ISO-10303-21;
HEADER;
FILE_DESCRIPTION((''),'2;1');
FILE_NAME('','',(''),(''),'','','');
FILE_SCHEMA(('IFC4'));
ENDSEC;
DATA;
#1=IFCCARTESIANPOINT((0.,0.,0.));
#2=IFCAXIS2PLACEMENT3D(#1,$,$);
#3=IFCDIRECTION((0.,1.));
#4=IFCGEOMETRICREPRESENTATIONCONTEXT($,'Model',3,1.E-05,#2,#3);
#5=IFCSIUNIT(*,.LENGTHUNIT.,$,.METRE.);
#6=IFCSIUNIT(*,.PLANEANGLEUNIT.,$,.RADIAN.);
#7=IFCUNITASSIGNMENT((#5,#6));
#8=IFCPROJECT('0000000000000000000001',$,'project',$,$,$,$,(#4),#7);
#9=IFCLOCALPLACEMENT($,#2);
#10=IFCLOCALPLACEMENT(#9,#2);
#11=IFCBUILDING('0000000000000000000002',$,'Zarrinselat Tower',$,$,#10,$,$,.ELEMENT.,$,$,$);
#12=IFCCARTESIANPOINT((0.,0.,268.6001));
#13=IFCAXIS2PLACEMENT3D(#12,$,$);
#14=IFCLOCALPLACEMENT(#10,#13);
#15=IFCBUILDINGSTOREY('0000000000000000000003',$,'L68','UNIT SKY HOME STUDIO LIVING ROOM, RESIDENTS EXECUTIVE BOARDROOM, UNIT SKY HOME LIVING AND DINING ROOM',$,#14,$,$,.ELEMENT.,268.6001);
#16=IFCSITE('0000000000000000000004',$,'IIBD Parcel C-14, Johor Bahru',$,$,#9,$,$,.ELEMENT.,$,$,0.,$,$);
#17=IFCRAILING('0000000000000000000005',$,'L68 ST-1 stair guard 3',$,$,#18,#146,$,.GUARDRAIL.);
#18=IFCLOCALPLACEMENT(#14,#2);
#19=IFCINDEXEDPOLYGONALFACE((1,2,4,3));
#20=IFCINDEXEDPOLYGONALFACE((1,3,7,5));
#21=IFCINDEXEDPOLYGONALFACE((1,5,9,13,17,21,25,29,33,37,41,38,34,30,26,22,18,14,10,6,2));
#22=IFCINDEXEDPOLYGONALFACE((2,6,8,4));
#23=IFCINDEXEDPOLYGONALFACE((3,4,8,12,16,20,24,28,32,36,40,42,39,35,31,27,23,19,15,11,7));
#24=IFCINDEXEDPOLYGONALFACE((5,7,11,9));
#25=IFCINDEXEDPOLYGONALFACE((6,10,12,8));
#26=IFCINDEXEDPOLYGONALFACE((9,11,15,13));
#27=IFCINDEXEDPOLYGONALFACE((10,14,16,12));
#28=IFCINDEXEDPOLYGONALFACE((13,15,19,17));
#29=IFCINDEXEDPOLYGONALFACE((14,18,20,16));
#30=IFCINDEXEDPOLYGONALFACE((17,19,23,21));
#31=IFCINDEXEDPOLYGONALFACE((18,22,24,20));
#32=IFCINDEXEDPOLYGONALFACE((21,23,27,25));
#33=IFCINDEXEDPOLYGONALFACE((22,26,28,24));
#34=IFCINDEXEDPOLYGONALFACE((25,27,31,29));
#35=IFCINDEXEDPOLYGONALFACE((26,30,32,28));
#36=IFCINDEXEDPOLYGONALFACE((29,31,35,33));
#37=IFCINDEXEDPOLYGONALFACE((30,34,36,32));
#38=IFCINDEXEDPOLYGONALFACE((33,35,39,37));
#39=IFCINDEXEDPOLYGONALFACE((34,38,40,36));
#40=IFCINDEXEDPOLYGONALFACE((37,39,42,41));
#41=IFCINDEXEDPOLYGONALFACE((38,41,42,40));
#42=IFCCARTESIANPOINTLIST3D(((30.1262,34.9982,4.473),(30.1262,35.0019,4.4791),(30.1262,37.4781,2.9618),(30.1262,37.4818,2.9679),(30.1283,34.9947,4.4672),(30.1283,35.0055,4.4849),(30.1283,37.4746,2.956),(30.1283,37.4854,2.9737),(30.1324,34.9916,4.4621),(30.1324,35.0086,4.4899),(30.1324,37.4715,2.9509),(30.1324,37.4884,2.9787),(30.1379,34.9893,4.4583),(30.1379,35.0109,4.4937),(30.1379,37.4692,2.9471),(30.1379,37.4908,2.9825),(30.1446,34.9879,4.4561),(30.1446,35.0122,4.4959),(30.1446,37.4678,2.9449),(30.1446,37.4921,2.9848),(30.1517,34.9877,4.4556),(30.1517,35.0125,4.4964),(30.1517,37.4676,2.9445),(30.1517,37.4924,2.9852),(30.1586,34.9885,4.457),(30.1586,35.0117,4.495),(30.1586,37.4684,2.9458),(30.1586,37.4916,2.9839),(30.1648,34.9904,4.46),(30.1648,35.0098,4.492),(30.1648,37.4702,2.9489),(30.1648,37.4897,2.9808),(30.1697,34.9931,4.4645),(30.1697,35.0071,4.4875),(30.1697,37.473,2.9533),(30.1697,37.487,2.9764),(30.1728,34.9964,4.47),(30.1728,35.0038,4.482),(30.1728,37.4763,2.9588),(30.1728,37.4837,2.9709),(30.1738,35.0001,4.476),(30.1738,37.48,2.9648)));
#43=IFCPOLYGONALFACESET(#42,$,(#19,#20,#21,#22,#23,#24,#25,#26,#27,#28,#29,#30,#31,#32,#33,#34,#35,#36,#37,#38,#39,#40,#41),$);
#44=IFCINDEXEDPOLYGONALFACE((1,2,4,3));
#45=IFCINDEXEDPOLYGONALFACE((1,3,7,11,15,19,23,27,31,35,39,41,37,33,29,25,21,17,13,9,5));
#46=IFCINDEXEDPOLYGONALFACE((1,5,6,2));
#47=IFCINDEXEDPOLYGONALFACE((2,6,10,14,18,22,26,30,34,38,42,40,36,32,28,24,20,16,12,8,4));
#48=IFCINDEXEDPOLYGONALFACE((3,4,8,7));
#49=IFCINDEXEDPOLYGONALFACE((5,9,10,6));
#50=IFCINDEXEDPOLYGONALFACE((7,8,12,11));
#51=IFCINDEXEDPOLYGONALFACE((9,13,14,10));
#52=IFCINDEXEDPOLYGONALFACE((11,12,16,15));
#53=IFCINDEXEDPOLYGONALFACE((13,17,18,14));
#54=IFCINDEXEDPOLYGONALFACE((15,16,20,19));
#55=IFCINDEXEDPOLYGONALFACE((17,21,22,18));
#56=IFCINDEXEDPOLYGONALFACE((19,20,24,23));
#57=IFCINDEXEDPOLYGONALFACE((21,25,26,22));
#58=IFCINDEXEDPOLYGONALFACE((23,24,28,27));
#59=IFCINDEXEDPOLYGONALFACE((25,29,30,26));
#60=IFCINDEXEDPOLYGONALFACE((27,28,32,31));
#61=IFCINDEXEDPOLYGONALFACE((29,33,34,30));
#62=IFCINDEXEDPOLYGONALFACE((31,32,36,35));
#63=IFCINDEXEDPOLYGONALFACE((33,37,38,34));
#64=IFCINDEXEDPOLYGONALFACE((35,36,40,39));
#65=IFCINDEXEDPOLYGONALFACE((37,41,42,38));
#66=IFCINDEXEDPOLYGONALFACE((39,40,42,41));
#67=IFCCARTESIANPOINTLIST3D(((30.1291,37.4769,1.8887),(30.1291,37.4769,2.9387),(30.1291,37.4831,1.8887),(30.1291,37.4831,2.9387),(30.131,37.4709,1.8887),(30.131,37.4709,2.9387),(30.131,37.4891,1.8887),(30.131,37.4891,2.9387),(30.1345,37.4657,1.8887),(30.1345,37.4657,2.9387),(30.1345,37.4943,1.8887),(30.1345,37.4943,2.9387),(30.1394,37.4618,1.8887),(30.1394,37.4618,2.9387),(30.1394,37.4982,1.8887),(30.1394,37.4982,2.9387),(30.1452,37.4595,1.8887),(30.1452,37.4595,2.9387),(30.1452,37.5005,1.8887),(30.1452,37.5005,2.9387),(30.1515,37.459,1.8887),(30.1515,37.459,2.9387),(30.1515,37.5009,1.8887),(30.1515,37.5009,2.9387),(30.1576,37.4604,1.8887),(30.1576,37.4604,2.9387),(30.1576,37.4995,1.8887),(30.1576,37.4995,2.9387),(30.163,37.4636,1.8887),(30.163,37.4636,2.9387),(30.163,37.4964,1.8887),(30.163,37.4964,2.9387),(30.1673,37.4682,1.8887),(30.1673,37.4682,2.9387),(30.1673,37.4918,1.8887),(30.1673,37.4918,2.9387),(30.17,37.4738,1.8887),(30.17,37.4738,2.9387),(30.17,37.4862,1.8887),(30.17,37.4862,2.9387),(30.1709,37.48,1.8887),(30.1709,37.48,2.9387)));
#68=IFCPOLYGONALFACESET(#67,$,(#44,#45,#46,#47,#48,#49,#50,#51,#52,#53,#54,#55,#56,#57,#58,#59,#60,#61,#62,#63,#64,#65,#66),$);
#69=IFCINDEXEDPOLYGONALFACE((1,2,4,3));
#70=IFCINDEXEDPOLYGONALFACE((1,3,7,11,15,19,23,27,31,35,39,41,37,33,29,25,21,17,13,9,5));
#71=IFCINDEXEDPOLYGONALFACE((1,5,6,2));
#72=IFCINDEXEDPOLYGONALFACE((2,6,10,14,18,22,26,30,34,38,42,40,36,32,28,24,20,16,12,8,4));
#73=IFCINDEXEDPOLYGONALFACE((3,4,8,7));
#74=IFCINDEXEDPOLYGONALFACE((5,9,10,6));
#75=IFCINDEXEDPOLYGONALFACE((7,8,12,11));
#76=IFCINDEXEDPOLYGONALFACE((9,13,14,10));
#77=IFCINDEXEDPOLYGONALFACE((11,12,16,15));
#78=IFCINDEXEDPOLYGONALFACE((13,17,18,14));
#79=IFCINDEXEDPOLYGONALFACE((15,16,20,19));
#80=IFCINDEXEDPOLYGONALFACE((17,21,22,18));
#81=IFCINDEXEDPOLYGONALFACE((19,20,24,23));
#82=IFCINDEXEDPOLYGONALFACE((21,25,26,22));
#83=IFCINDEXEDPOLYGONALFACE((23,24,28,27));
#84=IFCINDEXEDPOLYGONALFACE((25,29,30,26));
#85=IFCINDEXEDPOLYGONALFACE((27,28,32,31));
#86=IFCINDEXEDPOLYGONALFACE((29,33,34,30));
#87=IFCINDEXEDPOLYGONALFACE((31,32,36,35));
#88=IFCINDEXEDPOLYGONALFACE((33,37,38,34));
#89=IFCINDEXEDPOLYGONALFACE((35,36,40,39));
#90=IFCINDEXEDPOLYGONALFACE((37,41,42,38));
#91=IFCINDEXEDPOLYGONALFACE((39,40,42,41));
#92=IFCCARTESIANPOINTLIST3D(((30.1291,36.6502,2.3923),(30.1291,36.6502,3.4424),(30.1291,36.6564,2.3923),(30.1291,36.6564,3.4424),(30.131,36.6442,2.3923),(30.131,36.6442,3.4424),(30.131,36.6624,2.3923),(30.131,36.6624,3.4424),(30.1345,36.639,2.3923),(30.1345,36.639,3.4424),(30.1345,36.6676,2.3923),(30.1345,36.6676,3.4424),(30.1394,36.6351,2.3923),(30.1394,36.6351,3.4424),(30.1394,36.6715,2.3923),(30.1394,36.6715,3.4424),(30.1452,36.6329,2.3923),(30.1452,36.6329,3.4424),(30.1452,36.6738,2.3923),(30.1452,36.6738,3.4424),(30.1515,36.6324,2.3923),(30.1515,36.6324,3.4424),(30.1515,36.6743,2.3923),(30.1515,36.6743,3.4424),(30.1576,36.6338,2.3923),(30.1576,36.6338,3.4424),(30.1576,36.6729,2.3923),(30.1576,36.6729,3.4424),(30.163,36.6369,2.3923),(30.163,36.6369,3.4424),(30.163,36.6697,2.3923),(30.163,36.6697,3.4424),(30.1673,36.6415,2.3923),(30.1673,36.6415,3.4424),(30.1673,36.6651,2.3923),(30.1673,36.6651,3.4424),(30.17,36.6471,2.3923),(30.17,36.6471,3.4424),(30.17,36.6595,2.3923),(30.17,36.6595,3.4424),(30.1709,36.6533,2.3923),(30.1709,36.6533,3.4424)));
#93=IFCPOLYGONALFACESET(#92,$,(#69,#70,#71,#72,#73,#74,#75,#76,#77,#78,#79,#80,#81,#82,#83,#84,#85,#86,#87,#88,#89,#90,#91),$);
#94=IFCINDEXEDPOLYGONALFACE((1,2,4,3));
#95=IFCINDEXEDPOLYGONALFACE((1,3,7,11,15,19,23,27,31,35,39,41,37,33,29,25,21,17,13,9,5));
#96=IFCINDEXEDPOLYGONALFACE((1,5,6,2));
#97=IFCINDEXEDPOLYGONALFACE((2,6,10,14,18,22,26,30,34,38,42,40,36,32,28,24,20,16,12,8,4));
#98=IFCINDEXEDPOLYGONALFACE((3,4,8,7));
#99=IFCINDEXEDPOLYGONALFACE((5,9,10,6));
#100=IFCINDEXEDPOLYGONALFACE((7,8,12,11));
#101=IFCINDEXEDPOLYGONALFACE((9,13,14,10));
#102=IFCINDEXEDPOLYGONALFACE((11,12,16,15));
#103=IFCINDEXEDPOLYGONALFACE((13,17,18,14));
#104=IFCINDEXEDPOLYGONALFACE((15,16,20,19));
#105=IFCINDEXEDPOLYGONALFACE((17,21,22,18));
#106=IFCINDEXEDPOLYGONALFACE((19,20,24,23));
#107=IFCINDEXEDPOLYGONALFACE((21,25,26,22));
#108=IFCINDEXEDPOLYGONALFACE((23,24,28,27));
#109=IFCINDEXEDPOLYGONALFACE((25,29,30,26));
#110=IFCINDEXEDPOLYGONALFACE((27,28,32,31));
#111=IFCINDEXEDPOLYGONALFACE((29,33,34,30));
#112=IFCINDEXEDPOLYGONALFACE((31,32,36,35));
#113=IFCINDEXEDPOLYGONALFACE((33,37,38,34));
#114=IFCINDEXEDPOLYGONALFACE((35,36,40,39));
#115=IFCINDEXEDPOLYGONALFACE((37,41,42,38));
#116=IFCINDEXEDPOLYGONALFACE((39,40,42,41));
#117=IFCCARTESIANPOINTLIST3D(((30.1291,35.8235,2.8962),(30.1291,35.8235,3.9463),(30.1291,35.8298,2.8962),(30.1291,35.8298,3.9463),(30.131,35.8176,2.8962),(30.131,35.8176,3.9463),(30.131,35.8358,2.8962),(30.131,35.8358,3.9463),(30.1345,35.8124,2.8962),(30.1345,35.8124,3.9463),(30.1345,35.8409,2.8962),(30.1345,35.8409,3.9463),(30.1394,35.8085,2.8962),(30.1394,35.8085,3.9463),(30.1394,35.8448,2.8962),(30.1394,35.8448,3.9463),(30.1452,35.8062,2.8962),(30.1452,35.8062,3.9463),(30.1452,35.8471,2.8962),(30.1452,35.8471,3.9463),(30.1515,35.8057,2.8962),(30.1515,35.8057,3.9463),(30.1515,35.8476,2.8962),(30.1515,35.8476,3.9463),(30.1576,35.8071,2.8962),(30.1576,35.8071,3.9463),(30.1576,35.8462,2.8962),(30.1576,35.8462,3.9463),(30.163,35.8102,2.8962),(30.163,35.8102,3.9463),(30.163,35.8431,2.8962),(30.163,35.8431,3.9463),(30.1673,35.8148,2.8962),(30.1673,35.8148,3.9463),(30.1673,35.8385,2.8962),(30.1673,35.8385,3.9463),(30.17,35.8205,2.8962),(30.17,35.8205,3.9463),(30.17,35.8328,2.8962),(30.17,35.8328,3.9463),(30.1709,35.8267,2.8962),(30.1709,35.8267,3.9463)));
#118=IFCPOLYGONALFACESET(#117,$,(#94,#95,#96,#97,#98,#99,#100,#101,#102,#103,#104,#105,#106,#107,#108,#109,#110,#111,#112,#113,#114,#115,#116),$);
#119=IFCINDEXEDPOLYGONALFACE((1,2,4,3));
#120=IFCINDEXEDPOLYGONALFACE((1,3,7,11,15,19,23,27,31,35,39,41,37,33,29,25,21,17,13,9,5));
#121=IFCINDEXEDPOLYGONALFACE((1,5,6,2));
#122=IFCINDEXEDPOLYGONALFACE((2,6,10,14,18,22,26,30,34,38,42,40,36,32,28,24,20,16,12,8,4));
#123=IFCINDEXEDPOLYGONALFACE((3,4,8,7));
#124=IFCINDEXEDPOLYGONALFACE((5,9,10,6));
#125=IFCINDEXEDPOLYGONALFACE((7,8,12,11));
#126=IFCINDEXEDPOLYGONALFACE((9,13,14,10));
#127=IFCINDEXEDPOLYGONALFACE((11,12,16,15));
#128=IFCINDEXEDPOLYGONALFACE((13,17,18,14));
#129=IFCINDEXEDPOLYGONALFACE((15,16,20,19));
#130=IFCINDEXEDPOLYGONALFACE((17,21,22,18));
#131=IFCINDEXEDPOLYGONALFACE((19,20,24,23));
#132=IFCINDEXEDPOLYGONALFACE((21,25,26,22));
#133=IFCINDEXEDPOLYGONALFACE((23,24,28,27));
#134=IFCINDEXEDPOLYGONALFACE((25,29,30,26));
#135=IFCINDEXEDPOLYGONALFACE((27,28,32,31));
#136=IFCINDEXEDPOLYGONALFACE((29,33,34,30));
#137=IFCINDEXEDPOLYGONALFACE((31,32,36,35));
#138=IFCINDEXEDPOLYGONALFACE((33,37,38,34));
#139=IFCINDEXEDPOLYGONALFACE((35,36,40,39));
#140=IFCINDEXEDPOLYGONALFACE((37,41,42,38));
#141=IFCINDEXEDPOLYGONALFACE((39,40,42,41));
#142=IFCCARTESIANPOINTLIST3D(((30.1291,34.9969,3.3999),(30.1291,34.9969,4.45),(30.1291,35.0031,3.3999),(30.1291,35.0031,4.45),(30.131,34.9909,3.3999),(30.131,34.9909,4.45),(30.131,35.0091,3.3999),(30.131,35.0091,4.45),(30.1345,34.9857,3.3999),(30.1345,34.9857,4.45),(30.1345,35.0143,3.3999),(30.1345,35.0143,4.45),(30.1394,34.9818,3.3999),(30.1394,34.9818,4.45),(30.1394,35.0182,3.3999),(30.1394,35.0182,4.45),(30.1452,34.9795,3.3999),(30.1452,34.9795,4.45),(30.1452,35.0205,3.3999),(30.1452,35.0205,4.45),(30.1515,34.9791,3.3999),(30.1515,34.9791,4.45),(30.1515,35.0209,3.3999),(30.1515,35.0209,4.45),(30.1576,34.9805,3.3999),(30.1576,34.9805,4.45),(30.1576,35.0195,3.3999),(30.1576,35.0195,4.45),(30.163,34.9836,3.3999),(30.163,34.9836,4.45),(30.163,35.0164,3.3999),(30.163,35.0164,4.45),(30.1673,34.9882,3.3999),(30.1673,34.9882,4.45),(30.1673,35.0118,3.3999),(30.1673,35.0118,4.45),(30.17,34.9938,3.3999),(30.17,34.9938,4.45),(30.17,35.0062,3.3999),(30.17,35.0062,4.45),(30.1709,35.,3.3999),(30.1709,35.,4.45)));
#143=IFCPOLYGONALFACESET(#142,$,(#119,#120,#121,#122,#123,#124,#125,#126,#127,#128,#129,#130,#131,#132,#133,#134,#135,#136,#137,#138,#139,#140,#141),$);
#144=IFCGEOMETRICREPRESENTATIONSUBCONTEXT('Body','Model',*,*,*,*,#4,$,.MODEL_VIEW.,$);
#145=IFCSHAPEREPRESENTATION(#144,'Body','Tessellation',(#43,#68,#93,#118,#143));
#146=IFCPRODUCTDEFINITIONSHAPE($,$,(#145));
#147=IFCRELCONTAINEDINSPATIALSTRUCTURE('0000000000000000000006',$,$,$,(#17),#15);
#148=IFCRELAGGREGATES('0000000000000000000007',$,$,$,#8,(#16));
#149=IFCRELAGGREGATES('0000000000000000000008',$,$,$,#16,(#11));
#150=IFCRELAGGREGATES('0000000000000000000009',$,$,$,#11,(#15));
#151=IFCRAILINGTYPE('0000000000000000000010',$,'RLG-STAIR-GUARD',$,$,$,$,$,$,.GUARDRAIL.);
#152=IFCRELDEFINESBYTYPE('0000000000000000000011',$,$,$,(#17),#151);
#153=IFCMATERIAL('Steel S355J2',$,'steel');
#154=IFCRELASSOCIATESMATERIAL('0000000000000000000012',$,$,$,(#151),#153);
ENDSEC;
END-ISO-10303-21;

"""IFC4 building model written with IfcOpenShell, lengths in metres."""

from ifc_helpers import new_model, si_unit, direction, frame, origin, origin_2d, place, context, subcontext, project, spatial, circle, extrude, material, type_object, element, save


model = new_model("IFC4")

# Units and contexts
model_context = context("Model", 3, precision=1e-05, world=origin(), true_north=direction((0.0, 1.0)))
body_context = subcontext(model_context, "Body", "Model", "MODEL_VIEW")
ifc_project = project(units=[si_unit("LENGTHUNIT", "METRE"), si_unit("PLANEANGLEUNIT", "RADIAN")], contexts=[model_context])

# Site, building, storey
site_placement = place(None, origin())
site = spatial("IfcSite", under=ifc_project, at=site_placement, Name="IIBD Parcel C-14, Johor Bahru", CompositionType="ELEMENT", RefElevation=0.0)
building_placement = place(site_placement, origin())
building = spatial("IfcBuilding", under=site, at=building_placement, Name="Zarrinselat Tower", CompositionType="ELEMENT")
storey_placement = place(building_placement, frame((0.0, 0.0, 268.6001)))
storey = spatial("IfcBuildingStorey", under=building, at=storey_placement, Name="L68", Description="UNIT SKY HOME STUDIO LIVING ROOM, RESIDENTS EXECUTIVE BOARDROOM, UNIT SKY HOME LIVING AND DINING ROOM", CompositionType="ELEMENT", Elevation=268.6001)

# Railing
ifc_material_1 = material(Name="Steel S355J2", Category="steel")
railing_type_1 = type_object("IfcRailingType", Name="RLG-STAIR-GUARD", PredefinedType="GUARDRAIL", material=ifc_material_1)
railing_1_placement = place(storey_placement, frame((30.1499, 37.48, 1.8887)))
element("IfcRailing", 1, at=railing_1_placement, inside=storey, type_object=railing_type_1, Name="L68 ST-1 stair guard 3", PredefinedType="GUARDRAIL", context=body_context, shape_type="SweptSolid", body=[
    extrude(circle(Radius=0.0239, at=origin_2d()), frame((0.0, 0.0, 1.0762), z_axis=(0.0, -0.853942, 0.520368), x_axis=(1.0, 0.0, 0.0)), (0.0, 0.0, 1.0), 2.9041),
    extrude(circle(Radius=0.021, at=origin_2d()), origin(), (0.0, 0.0, 1.0), 1.05),
    extrude(circle(Radius=0.021, at=origin_2d()), frame((0.0, -0.8267, 0.5037)), (0.0, 0.0, 1.0), 1.05),
    extrude(circle(Radius=0.021, at=origin_2d()), frame((0.0, -1.6533, 1.0076)), (0.0, 0.0, 1.0), 1.05),
    extrude(circle(Radius=0.021, at=origin_2d()), frame((0.0, -2.48, 1.5112)), (0.0, 0.0, 1.0), 1.05),
])

save(model, "model.ifc")
